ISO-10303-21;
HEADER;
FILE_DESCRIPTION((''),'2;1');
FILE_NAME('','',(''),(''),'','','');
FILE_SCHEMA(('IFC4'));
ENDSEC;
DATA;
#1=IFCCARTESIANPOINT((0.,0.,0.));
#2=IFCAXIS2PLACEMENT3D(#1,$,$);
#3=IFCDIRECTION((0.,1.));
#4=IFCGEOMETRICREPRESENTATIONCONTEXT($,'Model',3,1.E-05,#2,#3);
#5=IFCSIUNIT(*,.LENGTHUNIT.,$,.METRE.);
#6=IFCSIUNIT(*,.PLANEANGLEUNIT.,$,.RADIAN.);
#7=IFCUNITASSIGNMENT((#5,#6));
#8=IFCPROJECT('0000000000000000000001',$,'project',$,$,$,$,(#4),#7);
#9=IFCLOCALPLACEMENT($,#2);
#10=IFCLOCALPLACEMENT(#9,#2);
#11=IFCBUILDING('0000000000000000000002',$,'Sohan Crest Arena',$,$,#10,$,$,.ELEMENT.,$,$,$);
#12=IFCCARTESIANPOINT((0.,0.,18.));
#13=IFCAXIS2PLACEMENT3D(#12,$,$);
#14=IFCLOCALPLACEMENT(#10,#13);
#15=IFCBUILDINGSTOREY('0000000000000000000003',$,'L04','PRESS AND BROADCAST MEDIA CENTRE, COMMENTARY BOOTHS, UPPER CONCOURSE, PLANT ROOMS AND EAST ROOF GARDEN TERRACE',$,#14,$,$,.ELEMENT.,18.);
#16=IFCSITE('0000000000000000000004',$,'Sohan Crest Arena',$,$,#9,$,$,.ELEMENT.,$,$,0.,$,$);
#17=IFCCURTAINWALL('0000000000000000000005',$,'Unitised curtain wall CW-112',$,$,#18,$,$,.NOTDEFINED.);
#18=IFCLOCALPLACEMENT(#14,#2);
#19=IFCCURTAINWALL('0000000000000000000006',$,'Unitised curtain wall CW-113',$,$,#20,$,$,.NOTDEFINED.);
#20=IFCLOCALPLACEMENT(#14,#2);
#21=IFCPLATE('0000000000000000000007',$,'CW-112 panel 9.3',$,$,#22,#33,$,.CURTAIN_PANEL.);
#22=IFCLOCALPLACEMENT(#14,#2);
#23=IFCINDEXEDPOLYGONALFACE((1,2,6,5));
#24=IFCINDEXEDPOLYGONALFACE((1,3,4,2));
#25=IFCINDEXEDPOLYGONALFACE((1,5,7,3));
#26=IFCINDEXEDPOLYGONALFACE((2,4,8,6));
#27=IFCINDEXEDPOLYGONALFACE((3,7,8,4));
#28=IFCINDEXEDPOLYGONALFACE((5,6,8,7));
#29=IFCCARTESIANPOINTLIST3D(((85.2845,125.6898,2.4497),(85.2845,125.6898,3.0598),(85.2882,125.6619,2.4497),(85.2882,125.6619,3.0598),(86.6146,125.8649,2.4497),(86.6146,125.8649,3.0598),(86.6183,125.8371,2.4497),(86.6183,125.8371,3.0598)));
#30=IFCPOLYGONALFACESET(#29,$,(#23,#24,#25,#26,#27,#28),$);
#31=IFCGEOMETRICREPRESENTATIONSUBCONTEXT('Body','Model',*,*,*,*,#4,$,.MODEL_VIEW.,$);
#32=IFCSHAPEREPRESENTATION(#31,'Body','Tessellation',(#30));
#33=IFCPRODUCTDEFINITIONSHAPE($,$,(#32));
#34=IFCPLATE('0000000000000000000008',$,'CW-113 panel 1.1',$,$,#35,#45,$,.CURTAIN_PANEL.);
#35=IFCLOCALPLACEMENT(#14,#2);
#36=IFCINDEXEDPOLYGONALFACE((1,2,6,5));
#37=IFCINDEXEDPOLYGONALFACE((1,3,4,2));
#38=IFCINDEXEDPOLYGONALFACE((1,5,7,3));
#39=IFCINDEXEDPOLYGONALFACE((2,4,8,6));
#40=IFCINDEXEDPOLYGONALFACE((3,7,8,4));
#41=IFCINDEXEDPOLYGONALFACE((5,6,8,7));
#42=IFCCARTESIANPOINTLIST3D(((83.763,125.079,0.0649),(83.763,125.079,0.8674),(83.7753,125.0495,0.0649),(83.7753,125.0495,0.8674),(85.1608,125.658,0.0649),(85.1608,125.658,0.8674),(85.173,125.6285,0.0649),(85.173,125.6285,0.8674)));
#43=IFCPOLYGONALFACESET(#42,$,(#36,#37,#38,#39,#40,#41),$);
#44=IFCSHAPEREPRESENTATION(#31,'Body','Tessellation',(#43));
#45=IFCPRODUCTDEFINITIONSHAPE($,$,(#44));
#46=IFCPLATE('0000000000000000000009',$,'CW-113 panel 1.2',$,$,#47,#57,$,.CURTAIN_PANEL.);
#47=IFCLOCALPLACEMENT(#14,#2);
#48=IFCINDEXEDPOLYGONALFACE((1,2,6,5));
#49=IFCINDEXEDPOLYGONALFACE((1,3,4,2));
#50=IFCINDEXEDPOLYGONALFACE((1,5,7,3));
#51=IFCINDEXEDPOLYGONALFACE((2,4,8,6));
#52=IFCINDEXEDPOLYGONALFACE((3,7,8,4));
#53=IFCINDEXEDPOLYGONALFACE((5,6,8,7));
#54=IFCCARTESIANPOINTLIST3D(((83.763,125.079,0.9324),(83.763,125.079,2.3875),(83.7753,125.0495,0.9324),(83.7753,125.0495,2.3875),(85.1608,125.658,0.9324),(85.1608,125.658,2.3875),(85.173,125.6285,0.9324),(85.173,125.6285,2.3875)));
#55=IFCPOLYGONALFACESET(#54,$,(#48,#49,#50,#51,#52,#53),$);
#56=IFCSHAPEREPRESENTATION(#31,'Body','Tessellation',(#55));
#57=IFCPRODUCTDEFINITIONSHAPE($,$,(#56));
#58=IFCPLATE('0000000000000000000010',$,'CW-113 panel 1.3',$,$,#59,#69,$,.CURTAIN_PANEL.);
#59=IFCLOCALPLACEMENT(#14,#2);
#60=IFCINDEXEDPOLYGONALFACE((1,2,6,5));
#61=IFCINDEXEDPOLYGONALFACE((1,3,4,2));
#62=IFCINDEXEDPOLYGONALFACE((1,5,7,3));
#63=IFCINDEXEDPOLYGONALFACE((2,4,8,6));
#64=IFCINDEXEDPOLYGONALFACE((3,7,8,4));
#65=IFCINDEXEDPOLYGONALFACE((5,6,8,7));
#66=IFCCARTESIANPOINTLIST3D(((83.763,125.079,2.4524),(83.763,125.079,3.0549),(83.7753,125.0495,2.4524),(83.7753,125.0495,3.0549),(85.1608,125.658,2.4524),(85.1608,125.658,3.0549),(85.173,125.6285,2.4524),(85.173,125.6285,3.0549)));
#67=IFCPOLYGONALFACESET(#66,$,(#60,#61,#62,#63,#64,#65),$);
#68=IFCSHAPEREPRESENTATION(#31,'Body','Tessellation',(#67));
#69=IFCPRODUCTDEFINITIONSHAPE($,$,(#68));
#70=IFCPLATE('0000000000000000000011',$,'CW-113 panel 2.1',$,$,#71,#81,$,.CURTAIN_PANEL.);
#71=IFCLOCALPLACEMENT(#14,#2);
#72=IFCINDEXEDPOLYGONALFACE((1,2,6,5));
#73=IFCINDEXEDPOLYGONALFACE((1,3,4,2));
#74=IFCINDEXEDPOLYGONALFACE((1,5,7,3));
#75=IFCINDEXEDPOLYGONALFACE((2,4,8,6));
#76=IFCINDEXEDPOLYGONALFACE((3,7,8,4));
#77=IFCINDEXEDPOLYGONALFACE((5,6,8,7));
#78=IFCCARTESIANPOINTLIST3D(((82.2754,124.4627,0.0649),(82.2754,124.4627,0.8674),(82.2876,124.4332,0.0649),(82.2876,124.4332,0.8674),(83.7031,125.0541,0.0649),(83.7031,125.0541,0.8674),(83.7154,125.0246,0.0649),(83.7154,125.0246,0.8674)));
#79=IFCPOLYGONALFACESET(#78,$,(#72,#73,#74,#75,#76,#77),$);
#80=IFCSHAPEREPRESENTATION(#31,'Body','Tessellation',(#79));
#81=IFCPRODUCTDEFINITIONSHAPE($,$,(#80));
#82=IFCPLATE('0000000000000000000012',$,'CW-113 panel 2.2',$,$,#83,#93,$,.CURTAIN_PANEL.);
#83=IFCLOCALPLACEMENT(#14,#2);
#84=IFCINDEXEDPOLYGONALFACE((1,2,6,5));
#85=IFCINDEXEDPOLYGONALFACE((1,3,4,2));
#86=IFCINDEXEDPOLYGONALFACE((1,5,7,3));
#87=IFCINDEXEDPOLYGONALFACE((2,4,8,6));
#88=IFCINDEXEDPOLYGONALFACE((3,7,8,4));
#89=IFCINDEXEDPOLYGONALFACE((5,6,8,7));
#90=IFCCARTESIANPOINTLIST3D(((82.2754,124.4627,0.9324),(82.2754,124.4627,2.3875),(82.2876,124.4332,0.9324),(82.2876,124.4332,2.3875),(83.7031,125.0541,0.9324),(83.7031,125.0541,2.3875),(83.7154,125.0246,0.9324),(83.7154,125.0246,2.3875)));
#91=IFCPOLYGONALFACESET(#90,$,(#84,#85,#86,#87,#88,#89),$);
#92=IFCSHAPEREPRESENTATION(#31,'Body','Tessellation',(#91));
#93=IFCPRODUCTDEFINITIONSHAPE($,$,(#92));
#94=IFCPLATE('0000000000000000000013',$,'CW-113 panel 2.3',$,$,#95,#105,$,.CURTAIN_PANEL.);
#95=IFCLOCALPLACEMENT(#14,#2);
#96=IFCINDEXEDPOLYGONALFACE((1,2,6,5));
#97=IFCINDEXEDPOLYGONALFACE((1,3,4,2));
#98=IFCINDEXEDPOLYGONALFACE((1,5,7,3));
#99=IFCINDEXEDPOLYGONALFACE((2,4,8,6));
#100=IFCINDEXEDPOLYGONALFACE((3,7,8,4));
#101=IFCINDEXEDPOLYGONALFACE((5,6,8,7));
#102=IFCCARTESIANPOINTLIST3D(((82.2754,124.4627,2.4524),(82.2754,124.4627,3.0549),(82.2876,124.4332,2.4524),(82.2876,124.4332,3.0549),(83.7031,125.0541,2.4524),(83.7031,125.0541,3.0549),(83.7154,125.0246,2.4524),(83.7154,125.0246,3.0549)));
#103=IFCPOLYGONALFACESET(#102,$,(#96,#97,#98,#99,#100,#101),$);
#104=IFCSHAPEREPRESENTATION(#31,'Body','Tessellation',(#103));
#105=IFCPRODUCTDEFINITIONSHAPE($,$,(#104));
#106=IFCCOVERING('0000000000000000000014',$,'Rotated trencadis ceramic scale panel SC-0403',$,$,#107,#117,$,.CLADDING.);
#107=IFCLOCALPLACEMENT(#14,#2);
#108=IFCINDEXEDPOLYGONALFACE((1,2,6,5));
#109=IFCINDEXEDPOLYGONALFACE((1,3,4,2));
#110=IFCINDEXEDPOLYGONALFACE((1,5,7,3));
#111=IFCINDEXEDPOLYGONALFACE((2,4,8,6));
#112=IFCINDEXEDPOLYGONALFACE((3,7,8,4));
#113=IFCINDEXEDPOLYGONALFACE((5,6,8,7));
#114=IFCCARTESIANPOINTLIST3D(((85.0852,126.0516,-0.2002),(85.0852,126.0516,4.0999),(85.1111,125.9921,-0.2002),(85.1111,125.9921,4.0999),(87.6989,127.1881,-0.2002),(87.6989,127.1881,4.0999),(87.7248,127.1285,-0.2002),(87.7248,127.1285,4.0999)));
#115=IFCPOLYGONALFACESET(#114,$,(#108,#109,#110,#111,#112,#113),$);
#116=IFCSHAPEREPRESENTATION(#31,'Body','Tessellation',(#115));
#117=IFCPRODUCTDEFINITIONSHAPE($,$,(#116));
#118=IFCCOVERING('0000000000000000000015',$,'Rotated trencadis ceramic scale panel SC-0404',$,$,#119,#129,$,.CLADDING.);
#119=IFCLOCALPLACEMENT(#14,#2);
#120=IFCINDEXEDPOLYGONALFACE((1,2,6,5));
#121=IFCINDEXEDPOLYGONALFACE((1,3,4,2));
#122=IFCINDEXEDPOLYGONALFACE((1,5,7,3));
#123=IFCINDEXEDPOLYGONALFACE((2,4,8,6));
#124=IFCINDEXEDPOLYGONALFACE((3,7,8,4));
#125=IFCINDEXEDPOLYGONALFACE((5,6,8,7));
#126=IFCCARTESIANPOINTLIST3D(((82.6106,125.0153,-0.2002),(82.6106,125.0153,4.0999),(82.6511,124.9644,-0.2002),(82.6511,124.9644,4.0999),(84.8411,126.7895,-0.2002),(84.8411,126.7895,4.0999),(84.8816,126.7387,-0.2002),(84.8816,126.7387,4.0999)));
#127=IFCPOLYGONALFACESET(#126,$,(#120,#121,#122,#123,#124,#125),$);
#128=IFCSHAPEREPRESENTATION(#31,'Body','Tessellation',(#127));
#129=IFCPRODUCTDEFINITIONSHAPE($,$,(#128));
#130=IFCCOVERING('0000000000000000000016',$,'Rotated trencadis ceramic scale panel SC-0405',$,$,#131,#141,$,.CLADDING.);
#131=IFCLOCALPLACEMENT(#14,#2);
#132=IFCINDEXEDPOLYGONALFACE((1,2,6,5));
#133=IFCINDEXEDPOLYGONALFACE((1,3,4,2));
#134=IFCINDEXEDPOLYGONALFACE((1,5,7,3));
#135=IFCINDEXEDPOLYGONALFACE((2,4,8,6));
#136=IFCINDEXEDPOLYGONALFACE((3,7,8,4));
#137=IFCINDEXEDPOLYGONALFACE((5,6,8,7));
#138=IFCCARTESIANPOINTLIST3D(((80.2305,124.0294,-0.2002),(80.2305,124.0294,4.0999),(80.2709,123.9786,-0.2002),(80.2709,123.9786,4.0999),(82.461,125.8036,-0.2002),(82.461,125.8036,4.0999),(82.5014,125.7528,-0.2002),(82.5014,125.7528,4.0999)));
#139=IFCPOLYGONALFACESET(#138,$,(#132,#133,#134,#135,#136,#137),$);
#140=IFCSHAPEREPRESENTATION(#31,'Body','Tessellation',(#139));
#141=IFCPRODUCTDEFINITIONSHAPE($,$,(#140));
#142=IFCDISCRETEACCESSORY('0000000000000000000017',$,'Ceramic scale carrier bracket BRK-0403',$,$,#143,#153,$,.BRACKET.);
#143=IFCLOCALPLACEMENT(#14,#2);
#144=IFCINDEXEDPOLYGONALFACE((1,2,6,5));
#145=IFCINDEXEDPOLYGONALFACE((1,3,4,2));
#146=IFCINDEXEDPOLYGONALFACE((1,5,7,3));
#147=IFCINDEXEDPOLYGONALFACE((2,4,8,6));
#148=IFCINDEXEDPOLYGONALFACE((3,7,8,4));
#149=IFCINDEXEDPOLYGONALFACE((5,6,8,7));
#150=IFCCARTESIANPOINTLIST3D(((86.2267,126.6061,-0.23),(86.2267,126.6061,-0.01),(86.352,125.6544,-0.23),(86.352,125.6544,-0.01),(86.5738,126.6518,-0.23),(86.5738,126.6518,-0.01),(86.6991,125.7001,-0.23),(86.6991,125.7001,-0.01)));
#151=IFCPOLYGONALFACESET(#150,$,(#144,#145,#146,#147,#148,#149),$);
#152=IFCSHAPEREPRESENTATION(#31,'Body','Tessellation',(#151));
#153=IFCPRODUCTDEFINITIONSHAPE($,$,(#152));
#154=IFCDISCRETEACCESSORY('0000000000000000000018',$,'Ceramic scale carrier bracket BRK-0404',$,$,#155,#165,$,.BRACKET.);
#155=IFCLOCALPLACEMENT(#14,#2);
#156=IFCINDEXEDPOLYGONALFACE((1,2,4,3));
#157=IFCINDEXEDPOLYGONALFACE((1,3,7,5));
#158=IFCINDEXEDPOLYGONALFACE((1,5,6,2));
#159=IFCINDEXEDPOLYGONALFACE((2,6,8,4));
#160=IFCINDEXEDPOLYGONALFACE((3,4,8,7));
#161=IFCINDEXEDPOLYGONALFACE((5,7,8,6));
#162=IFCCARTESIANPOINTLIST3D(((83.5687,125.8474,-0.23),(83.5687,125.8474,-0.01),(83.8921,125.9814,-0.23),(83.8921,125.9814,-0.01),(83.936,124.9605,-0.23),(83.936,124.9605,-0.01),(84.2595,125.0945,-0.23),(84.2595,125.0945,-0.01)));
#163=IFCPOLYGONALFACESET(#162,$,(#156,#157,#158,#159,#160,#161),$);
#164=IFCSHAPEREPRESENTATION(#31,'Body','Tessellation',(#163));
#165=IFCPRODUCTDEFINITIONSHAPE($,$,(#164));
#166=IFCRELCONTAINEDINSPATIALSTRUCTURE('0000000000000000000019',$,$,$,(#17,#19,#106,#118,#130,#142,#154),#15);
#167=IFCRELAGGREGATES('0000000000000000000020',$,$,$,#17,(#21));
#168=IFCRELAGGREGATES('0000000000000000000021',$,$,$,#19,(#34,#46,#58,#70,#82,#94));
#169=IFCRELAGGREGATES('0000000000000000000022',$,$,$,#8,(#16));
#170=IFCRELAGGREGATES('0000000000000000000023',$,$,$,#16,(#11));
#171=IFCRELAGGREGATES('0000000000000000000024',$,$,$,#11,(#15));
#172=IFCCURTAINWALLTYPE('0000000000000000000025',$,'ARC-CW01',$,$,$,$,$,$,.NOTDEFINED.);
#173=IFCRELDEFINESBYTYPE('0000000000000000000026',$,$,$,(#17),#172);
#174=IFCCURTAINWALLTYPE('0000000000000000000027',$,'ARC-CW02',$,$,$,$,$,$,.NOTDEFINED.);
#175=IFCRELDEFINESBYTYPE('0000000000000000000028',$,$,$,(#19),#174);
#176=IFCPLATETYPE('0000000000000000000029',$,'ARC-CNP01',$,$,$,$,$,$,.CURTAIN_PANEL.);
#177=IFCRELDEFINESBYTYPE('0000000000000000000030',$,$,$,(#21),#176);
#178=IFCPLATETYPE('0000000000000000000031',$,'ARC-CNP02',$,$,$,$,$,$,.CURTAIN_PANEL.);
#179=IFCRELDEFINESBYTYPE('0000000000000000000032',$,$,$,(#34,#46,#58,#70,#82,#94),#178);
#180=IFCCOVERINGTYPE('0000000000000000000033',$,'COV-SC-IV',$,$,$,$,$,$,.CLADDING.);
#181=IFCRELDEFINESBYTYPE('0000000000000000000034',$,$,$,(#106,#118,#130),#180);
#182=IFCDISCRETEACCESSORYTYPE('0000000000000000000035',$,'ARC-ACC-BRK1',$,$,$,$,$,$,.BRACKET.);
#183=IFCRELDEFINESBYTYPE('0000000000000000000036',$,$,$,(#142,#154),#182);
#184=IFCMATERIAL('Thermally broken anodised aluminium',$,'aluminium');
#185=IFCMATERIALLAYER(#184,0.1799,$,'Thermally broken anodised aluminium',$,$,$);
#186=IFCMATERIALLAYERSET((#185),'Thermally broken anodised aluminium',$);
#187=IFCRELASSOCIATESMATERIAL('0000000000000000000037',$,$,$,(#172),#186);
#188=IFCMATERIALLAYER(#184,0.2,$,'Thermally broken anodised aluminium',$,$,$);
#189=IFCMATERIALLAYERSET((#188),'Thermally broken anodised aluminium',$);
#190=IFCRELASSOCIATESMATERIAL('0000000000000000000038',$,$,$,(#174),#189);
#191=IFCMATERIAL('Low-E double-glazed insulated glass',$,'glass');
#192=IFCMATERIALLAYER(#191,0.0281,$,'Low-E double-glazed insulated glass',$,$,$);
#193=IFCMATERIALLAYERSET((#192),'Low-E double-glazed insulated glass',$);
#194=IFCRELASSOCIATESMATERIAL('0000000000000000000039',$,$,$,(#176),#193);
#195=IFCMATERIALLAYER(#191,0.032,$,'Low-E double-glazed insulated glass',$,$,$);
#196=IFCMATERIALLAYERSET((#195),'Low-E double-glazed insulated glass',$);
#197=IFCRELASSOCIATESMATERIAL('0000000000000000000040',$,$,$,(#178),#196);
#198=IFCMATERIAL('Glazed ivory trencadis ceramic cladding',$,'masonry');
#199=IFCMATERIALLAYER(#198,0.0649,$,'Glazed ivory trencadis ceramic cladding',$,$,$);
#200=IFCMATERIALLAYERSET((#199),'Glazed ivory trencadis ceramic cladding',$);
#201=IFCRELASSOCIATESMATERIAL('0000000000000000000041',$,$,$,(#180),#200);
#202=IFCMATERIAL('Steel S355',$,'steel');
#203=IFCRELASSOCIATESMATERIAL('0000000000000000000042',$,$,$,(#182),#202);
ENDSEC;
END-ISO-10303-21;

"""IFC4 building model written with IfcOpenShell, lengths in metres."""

from ifc_helpers import new_model, si_unit, direction, frame, origin, origin_2d, place, context, subcontext, project, spatial, rectangle, extrude, material, layer, layer_set, type_object, element, aggregate, save


model = new_model("IFC4")

# Units and contexts
model_context = context("Model", 3, precision=1e-05, world=origin(), true_north=direction((0.0, 1.0)))
body_context = subcontext(model_context, "Body", "Model", "MODEL_VIEW")
ifc_project = project(units=[si_unit("LENGTHUNIT", "METRE"), si_unit("PLANEANGLEUNIT", "RADIAN")], contexts=[model_context])

# Site, building, storey
site_placement = place(None, origin())
site = spatial("IfcSite", under=ifc_project, at=site_placement, Name="Sohan Crest Arena", CompositionType="ELEMENT", RefElevation=0.0)
building_placement = place(site_placement, origin())
building = spatial("IfcBuilding", under=site, at=building_placement, Name="Sohan Crest Arena", CompositionType="ELEMENT")
storey_placement = place(building_placement, frame((0.0, 0.0, 18.0)))
storey = spatial("IfcBuildingStorey", under=building, at=storey_placement, Name="L04", Description="PRESS AND BROADCAST MEDIA CENTRE, COMMENTARY BOOTHS, UPPER CONCOURSE, PLANT ROOMS AND EAST ROOF GARDEN TERRACE", CompositionType="ELEMENT", Elevation=18.0)

# Curtain wall
ifc_material_1 = material(Name="Thermally broken anodised aluminium", Category="aluminium")
ifc_layer_1 = layer(ifc_material_1, 0.1799, Name="Thermally broken anodised aluminium")
ifc_layer_set_1 = layer_set([ifc_layer_1], Name="Thermally broken anodised aluminium")
curtain_wall_type_1 = type_object("IfcCurtainWallType", Name="ARC-CW01", PredefinedType="NOTDEFINED", material=ifc_layer_set_1)
curtain_wall_1_placement = place(storey_placement, origin())
curtain_wall_1 = element("IfcCurtainWall", 1, at=curtain_wall_1_placement, inside=storey, type_object=curtain_wall_type_1, Name="Unitised curtain wall CW-112", PredefinedType="NOTDEFINED")

# Curtain wall
ifc_layer_2 = layer(ifc_material_1, 0.2, Name="Thermally broken anodised aluminium")
ifc_layer_set_2 = layer_set([ifc_layer_2], Name="Thermally broken anodised aluminium")
curtain_wall_type_2 = type_object("IfcCurtainWallType", Name="ARC-CW02", PredefinedType="NOTDEFINED", material=ifc_layer_set_2)
curtain_wall_2_placement = place(storey_placement, origin())
curtain_wall_2 = element("IfcCurtainWall", 2, at=curtain_wall_2_placement, inside=storey, type_object=curtain_wall_type_2, Name="Unitised curtain wall CW-113", PredefinedType="NOTDEFINED")

# Plates
ifc_material_2 = material(Name="Low-E double-glazed insulated glass", Category="glass")
ifc_layer_3 = layer(ifc_material_2, 0.0281, Name="Low-E double-glazed insulated glass")
ifc_layer_set_3 = layer_set([ifc_layer_3], Name="Low-E double-glazed insulated glass")
plate_type_1 = type_object("IfcPlateType", Name="ARC-CNP01", PredefinedType="CURTAIN_PANEL", material=ifc_layer_set_3)
plate_1_placement = place(storey_placement, frame((85.9514, 125.7634, 2.4497), z_axis=(0.0, 0.0, 1.0), x_axis=(-0.991441, -0.130557, 0.0)))
plate_1 = element("IfcPlate", 3, at=plate_1_placement, type_object=plate_type_1, Name="CW-112 panel 9.3", PredefinedType="CURTAIN_PANEL", context=body_context, shape_type="SweptSolid", body=[
    extrude(rectangle(XDim=1.3416, YDim=0.0281, at=origin_2d()), origin(), (0.0, 0.0, 1.0), 0.6101),
])
aggregate(curtain_wall_1, [plate_1])
ifc_layer_4 = layer(ifc_material_2, 0.032, Name="Low-E double-glazed insulated glass")
ifc_layer_set_4 = layer_set([ifc_layer_4], Name="Low-E double-glazed insulated glass")
plate_type_2 = type_object("IfcPlateType", Name="ARC-CNP02", PredefinedType="CURTAIN_PANEL", material=ifc_layer_set_4)
plate_2_placement = place(storey_placement, frame((84.468, 125.3538, 0.0649), z_axis=(0.0, 0.0, 1.0), x_axis=(-0.923879, -0.382685, 0.0)))
plate_2 = element("IfcPlate", 4, at=plate_2_placement, type_object=plate_type_2, Name="CW-113 panel 1.1", PredefinedType="CURTAIN_PANEL", context=body_context, shape_type="SweptSolid", body=[
    extrude(rectangle(XDim=1.5129, YDim=0.032, at=origin_2d()), origin(), (0.0, 0.0, 1.0), 0.8025),
])
plate_3_placement = place(storey_placement, frame((84.468, 125.3538, 0.9324), z_axis=(0.0, 0.0, 1.0), x_axis=(-0.923879, -0.382685, 0.0)))
plate_3 = element("IfcPlate", 5, at=plate_3_placement, type_object=plate_type_2, Name="CW-113 panel 1.2", PredefinedType="CURTAIN_PANEL", context=body_context, shape_type="SweptSolid", body=[
    extrude(rectangle(XDim=1.5129, YDim=0.032, at=origin_2d()), origin(), (0.0, 0.0, 1.0), 1.4551),
])
plate_4_placement = place(storey_placement, frame((84.468, 125.3538, 2.4524), z_axis=(0.0, 0.0, 1.0), x_axis=(-0.923879, -0.382685, 0.0)))
plate_4 = element("IfcPlate", 6, at=plate_4_placement, type_object=plate_type_2, Name="CW-113 panel 1.3", PredefinedType="CURTAIN_PANEL", context=body_context, shape_type="SweptSolid", body=[
    extrude(rectangle(XDim=1.5129, YDim=0.032, at=origin_2d()), origin(), (0.0, 0.0, 1.0), 0.6025),
])
plate_5_placement = place(storey_placement, frame((82.9954, 124.7437, 0.0649), z_axis=(0.0, 0.0, 1.0), x_axis=(-0.923879, -0.382685, 0.0)))
plate_5 = element("IfcPlate", 7, at=plate_5_placement, type_object=plate_type_2, Name="CW-113 panel 2.1", PredefinedType="CURTAIN_PANEL", context=body_context, shape_type="SweptSolid", body=[
    extrude(rectangle(XDim=1.5454, YDim=0.032, at=origin_2d()), origin(), (0.0, 0.0, 1.0), 0.8025),
])
plate_6_placement = place(storey_placement, frame((82.9954, 124.7437, 0.9324), z_axis=(0.0, 0.0, 1.0), x_axis=(-0.923879, -0.382685, 0.0)))
plate_6 = element("IfcPlate", 8, at=plate_6_placement, type_object=plate_type_2, Name="CW-113 panel 2.2", PredefinedType="CURTAIN_PANEL", context=body_context, shape_type="SweptSolid", body=[
    extrude(rectangle(XDim=1.5454, YDim=0.032, at=origin_2d()), origin(), (0.0, 0.0, 1.0), 1.4551),
])
plate_7_placement = place(storey_placement, frame((82.9954, 124.7437, 2.4524), z_axis=(0.0, 0.0, 1.0), x_axis=(-0.923879, -0.382685, 0.0)))
plate_7 = element("IfcPlate", 9, at=plate_7_placement, type_object=plate_type_2, Name="CW-113 panel 2.3", PredefinedType="CURTAIN_PANEL", context=body_context, shape_type="SweptSolid", body=[
    extrude(rectangle(XDim=1.5454, YDim=0.032, at=origin_2d()), origin(), (0.0, 0.0, 1.0), 0.6025),
])
aggregate(curtain_wall_2, [plate_2, plate_3, plate_4, plate_5, plate_6, plate_7])

# Coverings
ifc_material_3 = material(Name="Glazed ivory trencadis ceramic cladding", Category="masonry")
ifc_layer_5 = layer(ifc_material_3, 0.0649, Name="Glazed ivory trencadis ceramic cladding")
ifc_layer_set_5 = layer_set([ifc_layer_5], Name="Glazed ivory trencadis ceramic cladding")
covering_type = type_object("IfcCoveringType", Name="COV-SC-IV", PredefinedType="CLADDING", material=ifc_layer_set_5)
for number, where, z_axis, x_axis, name in (
    (10, (86.405, 126.5901, -0.2002), (0.0, 0.0, 1.0), (-0.91706, -0.398749, 0.0), "Rotated trencadis ceramic scale panel SC-0403"),
    (11, (83.7461, 125.877, -0.2002), (0.0, 0.0, 1.0), (-0.782608, -0.622515, 0.0), "Rotated trencadis ceramic scale panel SC-0404"),
    (12, (81.366, 124.8911, -0.2002), (0.0, 0.0, 1.0), (-0.782608, -0.622515, 0.0), "Rotated trencadis ceramic scale panel SC-0405"),
):
    element("IfcCovering", number, at=place(storey_placement, frame(where, z_axis=z_axis, x_axis=x_axis)), inside=storey, type_object=covering_type, Name=name, PredefinedType="CLADDING", context=body_context, shape_type="SweptSolid", body=[
        extrude(rectangle(XDim=2.8501, YDim=0.0649, at=origin_2d()), origin(), (0.0, 0.0, 1.0), 4.3),
    ])

# Discrete accessories
ifc_material_4 = material(Name="Steel S355", Category="steel")
discrete_accessory_type = type_object("IfcDiscreteAccessoryType", Name="ARC-ACC-BRK1", PredefinedType="BRACKET", material=ifc_material_4)
for number, where, z_axis, x_axis, name in (
    (13, (86.4629, 126.1531, -0.23), (0.0, 0.0, 1.0), (-0.991445, -0.130526, 0.0), "Ceramic scale carrier bracket BRK-0403"),
    (14, (83.9141, 125.4709, -0.23), (0.0, 0.0, 1.0), (-0.92388, -0.382683, 0.0), "Ceramic scale carrier bracket BRK-0404"),
):
    element("IfcDiscreteAccessory", number, at=place(storey_placement, frame(where, z_axis=z_axis, x_axis=x_axis)), inside=storey, type_object=discrete_accessory_type, Name=name, PredefinedType="BRACKET", context=body_context, shape_type="SweptSolid", body=[
        extrude(rectangle(XDim=0.3501, YDim=0.96, at=origin_2d()), origin(), (0.0, 0.0, 1.0), 0.22),
    ])

save(model, "model.ifc")
